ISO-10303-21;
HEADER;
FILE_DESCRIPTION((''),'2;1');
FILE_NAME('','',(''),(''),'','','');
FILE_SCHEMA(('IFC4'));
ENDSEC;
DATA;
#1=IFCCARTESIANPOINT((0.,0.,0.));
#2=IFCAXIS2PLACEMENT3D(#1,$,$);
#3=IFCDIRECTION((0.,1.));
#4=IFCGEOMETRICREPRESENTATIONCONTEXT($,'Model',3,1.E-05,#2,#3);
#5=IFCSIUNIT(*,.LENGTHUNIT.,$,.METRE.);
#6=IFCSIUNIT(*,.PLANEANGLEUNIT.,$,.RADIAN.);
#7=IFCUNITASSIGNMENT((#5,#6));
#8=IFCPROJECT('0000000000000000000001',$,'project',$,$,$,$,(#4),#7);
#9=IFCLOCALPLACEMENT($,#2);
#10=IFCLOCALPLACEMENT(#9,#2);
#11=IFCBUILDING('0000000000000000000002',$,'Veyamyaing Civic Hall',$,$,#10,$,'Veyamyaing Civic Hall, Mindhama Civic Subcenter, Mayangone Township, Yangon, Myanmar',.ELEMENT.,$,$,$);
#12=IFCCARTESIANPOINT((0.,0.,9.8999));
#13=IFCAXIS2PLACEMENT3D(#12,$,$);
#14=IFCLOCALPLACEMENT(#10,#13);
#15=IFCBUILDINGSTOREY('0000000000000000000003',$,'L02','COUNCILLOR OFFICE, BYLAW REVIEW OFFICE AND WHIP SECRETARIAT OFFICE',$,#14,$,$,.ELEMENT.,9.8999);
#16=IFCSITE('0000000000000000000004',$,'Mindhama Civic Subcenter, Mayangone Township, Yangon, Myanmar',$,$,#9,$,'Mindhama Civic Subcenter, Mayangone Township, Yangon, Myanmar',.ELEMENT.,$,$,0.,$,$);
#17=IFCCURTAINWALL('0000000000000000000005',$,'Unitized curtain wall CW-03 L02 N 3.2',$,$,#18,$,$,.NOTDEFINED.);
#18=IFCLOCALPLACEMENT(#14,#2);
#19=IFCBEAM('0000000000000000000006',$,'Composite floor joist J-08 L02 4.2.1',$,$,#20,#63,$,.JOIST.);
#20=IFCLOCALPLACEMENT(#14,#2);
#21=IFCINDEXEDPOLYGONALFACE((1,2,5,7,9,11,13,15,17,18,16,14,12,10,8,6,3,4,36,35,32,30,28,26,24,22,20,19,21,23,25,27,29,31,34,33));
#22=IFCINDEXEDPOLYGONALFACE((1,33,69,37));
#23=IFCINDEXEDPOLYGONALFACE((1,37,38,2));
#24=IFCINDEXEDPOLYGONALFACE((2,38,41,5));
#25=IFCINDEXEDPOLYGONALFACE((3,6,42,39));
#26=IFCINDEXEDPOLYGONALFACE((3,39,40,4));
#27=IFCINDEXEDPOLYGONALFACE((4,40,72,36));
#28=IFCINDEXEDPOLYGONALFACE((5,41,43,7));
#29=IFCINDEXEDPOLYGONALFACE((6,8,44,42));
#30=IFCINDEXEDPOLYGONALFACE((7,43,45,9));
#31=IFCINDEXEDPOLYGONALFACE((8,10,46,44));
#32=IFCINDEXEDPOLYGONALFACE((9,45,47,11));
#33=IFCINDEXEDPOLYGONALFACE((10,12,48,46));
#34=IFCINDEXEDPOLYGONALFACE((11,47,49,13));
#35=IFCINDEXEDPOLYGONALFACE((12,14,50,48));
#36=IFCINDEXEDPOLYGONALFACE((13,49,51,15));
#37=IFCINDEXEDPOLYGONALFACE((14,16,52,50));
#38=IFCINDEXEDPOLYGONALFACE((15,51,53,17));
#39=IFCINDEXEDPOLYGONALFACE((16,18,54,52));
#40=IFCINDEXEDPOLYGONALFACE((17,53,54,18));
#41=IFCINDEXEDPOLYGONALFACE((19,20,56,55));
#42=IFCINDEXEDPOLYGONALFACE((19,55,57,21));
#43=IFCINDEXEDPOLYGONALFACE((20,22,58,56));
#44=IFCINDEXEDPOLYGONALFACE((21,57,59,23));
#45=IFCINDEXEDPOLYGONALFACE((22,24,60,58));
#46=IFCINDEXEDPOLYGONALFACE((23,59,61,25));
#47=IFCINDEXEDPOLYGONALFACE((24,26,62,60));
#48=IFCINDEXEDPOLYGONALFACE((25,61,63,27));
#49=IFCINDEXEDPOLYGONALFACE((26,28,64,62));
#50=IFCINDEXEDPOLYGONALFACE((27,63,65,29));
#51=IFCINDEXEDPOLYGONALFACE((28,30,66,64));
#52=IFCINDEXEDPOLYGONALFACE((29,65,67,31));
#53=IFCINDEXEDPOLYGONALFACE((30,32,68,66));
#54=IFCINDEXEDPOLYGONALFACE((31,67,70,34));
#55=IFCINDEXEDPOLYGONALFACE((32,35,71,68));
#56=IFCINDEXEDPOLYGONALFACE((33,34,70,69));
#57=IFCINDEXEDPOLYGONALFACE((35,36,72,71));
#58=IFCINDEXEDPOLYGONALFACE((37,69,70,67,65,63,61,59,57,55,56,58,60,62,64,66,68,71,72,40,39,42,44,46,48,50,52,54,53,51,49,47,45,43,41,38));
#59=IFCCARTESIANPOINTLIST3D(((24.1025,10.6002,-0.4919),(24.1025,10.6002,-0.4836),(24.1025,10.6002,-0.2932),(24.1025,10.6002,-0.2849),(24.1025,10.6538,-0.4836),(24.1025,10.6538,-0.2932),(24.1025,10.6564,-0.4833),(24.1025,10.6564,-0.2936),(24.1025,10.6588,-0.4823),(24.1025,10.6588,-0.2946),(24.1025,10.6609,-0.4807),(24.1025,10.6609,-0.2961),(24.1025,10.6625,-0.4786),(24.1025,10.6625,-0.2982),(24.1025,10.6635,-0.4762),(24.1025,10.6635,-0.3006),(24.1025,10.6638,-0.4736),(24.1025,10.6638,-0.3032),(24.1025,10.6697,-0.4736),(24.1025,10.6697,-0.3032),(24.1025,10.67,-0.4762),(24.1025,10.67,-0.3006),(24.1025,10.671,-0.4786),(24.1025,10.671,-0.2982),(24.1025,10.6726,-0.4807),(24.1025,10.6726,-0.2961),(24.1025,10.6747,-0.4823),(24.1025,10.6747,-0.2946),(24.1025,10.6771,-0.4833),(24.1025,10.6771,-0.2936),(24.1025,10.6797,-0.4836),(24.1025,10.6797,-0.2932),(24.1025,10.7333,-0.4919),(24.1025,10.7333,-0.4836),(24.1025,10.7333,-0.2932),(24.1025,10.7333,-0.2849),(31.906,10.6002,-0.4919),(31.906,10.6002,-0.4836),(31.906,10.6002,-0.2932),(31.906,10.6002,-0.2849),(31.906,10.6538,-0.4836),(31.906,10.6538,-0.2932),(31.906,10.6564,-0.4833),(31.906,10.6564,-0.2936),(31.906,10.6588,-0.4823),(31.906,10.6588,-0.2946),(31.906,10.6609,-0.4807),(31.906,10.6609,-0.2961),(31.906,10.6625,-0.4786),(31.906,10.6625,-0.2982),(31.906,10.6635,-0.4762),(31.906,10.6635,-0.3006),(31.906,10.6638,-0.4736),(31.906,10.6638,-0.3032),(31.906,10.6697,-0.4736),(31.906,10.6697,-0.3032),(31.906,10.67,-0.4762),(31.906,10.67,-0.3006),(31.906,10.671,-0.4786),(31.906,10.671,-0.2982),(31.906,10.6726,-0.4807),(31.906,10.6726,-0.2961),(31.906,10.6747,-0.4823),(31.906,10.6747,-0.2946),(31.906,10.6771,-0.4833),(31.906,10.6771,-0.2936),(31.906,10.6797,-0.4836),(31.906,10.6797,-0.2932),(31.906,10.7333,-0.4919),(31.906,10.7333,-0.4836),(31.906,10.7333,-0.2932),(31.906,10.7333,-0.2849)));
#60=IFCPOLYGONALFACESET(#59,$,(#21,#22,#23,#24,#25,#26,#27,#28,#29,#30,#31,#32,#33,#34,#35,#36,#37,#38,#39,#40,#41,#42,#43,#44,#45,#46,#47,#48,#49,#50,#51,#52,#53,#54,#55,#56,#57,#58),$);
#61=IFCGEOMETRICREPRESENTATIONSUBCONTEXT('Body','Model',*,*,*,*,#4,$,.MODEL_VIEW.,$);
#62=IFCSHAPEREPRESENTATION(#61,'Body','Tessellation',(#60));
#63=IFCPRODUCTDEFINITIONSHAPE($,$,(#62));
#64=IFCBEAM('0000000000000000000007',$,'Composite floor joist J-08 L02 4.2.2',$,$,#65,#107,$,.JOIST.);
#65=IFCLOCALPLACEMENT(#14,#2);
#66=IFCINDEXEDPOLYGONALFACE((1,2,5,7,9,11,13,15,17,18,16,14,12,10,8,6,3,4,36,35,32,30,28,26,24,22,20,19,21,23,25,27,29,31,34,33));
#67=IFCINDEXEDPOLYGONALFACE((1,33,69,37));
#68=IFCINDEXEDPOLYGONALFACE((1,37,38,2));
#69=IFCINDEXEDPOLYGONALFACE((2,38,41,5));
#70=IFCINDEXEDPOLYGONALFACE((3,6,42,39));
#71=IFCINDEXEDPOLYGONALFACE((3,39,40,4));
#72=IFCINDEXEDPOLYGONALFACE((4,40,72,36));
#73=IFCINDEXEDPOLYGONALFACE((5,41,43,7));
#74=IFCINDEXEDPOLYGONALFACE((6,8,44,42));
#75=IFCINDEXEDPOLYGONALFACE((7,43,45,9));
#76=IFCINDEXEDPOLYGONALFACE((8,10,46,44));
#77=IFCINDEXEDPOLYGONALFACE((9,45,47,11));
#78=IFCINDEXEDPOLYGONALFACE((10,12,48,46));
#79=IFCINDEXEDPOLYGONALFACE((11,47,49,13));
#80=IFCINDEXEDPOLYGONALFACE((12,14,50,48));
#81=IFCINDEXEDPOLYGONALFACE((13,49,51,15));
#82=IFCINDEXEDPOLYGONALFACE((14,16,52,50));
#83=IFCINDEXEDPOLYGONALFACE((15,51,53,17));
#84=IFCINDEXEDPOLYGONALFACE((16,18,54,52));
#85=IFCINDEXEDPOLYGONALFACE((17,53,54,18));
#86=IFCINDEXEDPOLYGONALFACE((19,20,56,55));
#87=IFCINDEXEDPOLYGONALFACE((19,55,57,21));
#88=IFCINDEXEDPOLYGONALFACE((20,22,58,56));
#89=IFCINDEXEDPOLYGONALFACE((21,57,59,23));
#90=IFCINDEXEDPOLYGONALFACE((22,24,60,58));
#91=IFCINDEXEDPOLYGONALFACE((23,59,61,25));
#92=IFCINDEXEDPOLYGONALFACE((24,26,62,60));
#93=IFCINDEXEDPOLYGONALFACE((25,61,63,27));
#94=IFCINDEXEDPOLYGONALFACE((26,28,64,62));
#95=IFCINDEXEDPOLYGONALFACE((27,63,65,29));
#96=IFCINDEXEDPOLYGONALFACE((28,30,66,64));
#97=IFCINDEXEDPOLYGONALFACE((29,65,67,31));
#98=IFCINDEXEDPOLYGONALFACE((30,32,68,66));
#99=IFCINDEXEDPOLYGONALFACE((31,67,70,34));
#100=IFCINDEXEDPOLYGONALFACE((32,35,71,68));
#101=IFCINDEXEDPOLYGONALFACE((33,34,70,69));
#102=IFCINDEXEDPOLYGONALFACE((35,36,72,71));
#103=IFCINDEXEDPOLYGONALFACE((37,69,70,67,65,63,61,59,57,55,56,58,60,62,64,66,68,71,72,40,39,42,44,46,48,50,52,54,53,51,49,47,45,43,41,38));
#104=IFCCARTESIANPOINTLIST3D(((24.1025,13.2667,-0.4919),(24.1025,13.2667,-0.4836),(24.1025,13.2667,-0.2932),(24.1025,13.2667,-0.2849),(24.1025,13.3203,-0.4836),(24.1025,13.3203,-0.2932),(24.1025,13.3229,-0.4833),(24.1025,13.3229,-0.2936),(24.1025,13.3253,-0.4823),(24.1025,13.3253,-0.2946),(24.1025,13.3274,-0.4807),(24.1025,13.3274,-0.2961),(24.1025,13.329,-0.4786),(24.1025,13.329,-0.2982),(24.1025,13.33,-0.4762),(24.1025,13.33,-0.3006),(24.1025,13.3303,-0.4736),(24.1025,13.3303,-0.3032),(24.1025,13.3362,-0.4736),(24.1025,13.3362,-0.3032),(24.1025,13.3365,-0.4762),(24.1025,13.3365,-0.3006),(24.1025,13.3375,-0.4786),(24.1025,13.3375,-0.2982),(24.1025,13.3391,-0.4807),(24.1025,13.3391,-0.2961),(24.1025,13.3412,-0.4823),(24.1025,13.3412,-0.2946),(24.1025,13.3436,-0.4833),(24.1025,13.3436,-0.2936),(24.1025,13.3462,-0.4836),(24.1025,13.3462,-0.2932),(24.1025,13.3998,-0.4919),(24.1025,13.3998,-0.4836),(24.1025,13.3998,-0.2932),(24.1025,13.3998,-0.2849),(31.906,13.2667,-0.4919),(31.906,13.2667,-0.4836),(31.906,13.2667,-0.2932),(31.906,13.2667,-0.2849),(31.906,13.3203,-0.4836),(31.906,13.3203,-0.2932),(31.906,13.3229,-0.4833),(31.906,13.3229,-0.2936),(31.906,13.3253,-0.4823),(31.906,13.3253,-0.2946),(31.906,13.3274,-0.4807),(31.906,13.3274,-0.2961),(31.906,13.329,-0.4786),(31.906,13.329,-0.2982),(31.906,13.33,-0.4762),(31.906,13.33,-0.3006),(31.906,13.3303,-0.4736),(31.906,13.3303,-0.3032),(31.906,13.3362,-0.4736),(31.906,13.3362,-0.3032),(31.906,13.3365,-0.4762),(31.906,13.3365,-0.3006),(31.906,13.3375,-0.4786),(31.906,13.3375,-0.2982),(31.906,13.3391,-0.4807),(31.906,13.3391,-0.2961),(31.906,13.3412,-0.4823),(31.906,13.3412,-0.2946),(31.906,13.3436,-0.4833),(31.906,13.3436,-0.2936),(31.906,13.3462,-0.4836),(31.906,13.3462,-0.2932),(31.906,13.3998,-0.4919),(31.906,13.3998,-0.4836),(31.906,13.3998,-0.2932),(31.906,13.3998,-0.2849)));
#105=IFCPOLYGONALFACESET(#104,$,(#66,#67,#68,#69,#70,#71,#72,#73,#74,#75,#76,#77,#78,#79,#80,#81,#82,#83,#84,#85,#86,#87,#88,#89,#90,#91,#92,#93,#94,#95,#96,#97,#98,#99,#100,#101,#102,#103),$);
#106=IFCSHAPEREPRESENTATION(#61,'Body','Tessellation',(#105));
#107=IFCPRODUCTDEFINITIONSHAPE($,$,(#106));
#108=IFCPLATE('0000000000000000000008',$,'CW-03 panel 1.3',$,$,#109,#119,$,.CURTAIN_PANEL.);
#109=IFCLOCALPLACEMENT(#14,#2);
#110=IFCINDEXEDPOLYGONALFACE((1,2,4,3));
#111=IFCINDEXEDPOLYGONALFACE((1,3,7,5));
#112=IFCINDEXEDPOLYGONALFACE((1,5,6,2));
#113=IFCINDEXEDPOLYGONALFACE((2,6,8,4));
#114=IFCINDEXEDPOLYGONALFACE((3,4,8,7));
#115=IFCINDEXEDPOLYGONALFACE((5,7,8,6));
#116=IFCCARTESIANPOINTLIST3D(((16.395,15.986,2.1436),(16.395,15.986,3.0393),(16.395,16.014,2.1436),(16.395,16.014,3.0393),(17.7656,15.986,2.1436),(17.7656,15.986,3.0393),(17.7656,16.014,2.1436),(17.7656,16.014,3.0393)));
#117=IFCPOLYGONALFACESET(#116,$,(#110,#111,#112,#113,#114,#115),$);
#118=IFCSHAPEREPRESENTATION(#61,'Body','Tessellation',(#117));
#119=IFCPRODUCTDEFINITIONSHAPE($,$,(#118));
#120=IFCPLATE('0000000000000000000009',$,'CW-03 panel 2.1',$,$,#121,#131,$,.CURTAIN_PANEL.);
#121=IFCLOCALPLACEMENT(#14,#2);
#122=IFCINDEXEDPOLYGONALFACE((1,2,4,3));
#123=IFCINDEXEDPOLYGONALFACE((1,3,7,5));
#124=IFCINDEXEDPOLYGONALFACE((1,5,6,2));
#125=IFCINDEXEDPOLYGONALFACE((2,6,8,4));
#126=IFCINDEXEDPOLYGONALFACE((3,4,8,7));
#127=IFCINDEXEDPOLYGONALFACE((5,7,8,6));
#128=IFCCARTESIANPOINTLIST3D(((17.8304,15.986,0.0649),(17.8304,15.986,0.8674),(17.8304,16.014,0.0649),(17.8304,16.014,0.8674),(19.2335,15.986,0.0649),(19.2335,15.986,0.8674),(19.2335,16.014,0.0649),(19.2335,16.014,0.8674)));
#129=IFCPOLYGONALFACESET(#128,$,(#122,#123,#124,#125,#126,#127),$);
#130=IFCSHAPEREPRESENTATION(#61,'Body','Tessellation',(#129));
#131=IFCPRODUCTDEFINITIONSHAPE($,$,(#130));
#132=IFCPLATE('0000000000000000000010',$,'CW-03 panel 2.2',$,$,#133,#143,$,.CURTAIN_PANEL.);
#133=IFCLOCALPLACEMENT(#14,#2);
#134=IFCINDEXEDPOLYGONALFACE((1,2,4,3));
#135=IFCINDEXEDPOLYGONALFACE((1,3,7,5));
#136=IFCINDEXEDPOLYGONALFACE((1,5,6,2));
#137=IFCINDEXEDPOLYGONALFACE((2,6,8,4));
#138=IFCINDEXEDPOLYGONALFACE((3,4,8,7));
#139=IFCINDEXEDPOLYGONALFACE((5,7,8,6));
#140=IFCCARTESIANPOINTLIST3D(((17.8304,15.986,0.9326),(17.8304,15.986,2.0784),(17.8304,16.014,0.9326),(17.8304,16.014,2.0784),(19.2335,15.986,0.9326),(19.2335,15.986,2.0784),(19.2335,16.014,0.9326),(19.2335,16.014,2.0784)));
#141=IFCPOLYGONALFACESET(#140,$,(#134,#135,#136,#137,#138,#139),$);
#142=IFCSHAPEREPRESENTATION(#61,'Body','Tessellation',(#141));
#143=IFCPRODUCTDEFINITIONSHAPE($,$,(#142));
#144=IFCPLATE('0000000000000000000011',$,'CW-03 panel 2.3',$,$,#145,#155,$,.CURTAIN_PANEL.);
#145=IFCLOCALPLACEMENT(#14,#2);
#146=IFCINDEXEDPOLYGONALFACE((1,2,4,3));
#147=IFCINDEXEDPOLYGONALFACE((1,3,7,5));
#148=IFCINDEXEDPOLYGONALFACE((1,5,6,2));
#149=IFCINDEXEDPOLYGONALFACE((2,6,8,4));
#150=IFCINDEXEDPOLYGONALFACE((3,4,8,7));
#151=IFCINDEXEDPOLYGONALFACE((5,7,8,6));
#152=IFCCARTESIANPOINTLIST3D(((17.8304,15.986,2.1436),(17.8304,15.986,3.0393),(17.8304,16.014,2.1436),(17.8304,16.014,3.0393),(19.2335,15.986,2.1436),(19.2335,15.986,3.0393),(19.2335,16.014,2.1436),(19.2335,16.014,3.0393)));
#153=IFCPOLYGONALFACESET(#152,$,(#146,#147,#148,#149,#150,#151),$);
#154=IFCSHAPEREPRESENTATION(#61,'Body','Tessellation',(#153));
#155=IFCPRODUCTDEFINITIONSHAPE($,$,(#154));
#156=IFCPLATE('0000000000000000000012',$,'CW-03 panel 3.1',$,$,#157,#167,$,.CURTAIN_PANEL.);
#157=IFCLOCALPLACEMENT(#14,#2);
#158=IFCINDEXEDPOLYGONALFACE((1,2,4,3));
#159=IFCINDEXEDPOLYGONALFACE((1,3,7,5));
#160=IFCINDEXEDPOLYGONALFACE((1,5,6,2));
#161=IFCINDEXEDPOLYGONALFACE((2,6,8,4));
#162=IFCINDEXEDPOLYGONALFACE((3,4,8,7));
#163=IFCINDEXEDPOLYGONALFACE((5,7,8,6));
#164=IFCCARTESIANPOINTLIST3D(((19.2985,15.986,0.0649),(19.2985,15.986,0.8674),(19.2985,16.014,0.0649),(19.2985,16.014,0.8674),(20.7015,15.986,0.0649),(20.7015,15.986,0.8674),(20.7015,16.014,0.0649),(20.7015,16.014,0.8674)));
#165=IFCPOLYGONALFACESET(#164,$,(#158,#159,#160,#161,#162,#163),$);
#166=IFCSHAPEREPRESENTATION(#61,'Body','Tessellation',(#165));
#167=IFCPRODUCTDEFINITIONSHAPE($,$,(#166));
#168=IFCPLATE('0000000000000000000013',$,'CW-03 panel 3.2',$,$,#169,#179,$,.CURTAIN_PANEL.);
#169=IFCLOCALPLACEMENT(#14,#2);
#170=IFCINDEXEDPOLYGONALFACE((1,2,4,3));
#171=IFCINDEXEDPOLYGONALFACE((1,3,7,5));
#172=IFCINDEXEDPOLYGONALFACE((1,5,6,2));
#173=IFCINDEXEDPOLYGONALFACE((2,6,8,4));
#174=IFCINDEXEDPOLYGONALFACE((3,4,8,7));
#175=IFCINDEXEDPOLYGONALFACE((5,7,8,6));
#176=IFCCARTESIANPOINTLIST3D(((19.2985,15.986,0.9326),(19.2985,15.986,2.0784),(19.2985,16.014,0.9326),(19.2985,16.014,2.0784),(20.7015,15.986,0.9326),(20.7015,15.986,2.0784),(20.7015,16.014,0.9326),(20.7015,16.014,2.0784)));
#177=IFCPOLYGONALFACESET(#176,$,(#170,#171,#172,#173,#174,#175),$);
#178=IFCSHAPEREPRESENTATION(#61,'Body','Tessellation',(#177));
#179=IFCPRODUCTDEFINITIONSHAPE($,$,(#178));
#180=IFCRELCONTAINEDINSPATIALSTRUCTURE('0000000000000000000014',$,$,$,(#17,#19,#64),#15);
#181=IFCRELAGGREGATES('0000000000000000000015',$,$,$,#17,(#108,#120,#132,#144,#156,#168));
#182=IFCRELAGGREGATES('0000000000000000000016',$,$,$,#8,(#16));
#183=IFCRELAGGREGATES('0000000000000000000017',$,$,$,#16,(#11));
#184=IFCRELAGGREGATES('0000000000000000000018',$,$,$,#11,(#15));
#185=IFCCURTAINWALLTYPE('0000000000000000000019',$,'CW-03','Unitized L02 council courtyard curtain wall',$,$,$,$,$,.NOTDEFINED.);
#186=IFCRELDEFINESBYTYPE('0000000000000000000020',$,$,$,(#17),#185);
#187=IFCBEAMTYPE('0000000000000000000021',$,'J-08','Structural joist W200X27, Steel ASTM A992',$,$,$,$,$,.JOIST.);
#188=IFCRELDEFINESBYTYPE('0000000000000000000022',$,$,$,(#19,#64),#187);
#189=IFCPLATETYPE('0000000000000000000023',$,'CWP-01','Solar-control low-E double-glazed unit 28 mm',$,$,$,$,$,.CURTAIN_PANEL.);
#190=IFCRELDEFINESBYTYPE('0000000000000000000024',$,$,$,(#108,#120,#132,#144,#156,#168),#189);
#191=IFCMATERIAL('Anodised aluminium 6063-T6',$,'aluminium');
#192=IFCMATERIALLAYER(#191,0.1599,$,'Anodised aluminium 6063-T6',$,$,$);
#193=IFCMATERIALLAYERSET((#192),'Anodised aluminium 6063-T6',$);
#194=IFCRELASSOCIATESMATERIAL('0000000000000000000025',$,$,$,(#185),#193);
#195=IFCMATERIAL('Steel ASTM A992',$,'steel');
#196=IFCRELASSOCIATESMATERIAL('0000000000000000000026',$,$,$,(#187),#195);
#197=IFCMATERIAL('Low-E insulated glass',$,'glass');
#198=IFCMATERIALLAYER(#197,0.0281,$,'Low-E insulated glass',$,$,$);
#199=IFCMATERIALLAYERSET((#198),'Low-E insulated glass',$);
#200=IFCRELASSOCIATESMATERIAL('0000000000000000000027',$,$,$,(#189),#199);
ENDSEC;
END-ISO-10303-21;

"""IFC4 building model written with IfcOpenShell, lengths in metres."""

from ifc_helpers import new_model, si_unit, direction, frame, origin, origin_2d, place, context, subcontext, project, spatial, rectangle, i_section, extrude, material, layer, layer_set, material_profile, profile_set, type_object, element, aggregate, save


model = new_model("IFC4")

# Units and contexts
model_context = context("Model", 3, precision=1e-05, world=origin(), true_north=direction((0.0, 1.0)))
body_context = subcontext(model_context, "Body", "Model", "MODEL_VIEW")
ifc_project = project(units=[si_unit("LENGTHUNIT", "METRE"), si_unit("PLANEANGLEUNIT", "RADIAN")], contexts=[model_context])

# Site, building, storey
site_placement = place(None, origin())
site = spatial("IfcSite", under=ifc_project, at=site_placement, Name="Mindhama Civic Subcenter, Mayangone Township, Yangon, Myanmar", LongName="Mindhama Civic Subcenter, Mayangone Township, Yangon, Myanmar", CompositionType="ELEMENT", RefElevation=0.0)
building_placement = place(site_placement, origin())
building = spatial("IfcBuilding", under=site, at=building_placement, Name="Veyamyaing Civic Hall", LongName="Veyamyaing Civic Hall, Mindhama Civic Subcenter, Mayangone Township, Yangon, Myanmar", CompositionType="ELEMENT")
storey_placement = place(building_placement, frame((0.0, 0.0, 9.8999)))
storey = spatial("IfcBuildingStorey", under=building, at=storey_placement, Name="L02", Description="COUNCILLOR OFFICE, BYLAW REVIEW OFFICE AND WHIP SECRETARIAT OFFICE", CompositionType="ELEMENT", Elevation=9.8999)

# Shared definitions
ifc_material_1 = material(Name="Steel ASTM A992", Category="steel")

# Curtain wall
ifc_material_2 = material(Name="Anodised aluminium 6063-T6", Category="aluminium")
ifc_layer_1 = layer(ifc_material_2, 0.1599, Name="Anodised aluminium 6063-T6")
ifc_layer_set_1 = layer_set([ifc_layer_1], Name="Anodised aluminium 6063-T6")
curtain_wall_type = type_object("IfcCurtainWallType", Name="CW-03", Description="Unitized L02 council courtyard curtain wall", PredefinedType="NOTDEFINED", material=ifc_layer_set_1)
curtain_wall_placement = place(storey_placement, origin())
curtain_wall = element("IfcCurtainWall", 1, at=curtain_wall_placement, inside=storey, type_object=curtain_wall_type, Name="Unitized curtain wall CW-03 L02 N 3.2", PredefinedType="NOTDEFINED")

# Beams
ifc_material_profile_1 = material_profile(ifc_material_1, i_section(OverallWidth=0.1331, OverallDepth=0.207, WebThickness=0.0059, FlangeThickness=0.0083, FilletRadius=0.01, at=origin_2d()), Name="W200X27")
ifc_profile_set_1 = profile_set([ifc_material_profile_1], Name="Steel ASTM A992")
beam_type_1 = type_object("IfcBeamType", Name="J-08", Description="Structural joist W200X27, Steel ASTM A992", PredefinedType="JOIST", material=ifc_profile_set_1)
for number, where, z_axis, x_axis, name in (
    (2, (24.1025, 10.6667, -0.3884), (1.0, 0.0, 0.0), (0.0, 1.0, 0.0), "Composite floor joist J-08 L02 4.2.1"),
    (3, (24.1025, 13.3333, -0.3884), (1.0, 0.0, 0.0), (0.0, 1.0, 0.0), "Composite floor joist J-08 L02 4.2.2"),
):
    element("IfcBeam", number, at=place(storey_placement, frame(where, z_axis=z_axis, x_axis=x_axis)), inside=storey, type_object=beam_type_1, Name=name, PredefinedType="JOIST", context=body_context, shape_type="SweptSolid", body=[
        extrude(i_section(OverallWidth=0.1331, OverallDepth=0.207, WebThickness=0.0059, FlangeThickness=0.0083, FilletRadius=0.01, at=origin_2d()), origin(), (0.0, 0.0, 1.0), 7.8035),
    ])

# Plates
ifc_material_3 = material(Name="Low-E insulated glass", Category="glass")
ifc_layer_2 = layer(ifc_material_3, 0.0281, Name="Low-E insulated glass")
ifc_layer_set_2 = layer_set([ifc_layer_2], Name="Low-E insulated glass")
plate_type = type_object("IfcPlateType", Name="CWP-01", Description="Solar-control low-E double-glazed unit 28 mm", PredefinedType="CURTAIN_PANEL", material=ifc_layer_set_2)
plate_1_placement = place(storey_placement, frame((17.0803, 16.0, 2.1436), z_axis=(0.0, 0.0, 1.0), x_axis=(1.0, 0.0, 0.0)))
plate_1 = element("IfcPlate", 4, at=plate_1_placement, type_object=plate_type, Name="CW-03 panel 1.3", PredefinedType="CURTAIN_PANEL", context=body_context, shape_type="SweptSolid", body=[
    extrude(rectangle(XDim=1.3706, YDim=0.0281, at=origin_2d()), origin(), (0.0, 0.0, 1.0), 0.8958),
])
plate_2_placement = place(storey_placement, frame((18.532, 16.0, 0.0649), z_axis=(0.0, 0.0, 1.0), x_axis=(1.0, 0.0, 0.0)))
plate_2 = element("IfcPlate", 5, at=plate_2_placement, type_object=plate_type, Name="CW-03 panel 2.1", PredefinedType="CURTAIN_PANEL", context=body_context, shape_type="SweptSolid", body=[
    extrude(rectangle(XDim=1.4031, YDim=0.0281, at=origin_2d()), origin(), (0.0, 0.0, 1.0), 0.8025),
])
plate_3_placement = place(storey_placement, frame((18.532, 16.0, 0.9326), z_axis=(0.0, 0.0, 1.0), x_axis=(1.0, 0.0, 0.0)))
plate_3 = element("IfcPlate", 6, at=plate_3_placement, type_object=plate_type, Name="CW-03 panel 2.2", PredefinedType="CURTAIN_PANEL", context=body_context, shape_type="SweptSolid", body=[
    extrude(rectangle(XDim=1.4031, YDim=0.0281, at=origin_2d()), origin(), (0.0, 0.0, 1.0), 1.1458),
])
plate_4_placement = place(storey_placement, frame((18.532, 16.0, 2.1436), z_axis=(0.0, 0.0, 1.0), x_axis=(1.0, 0.0, 0.0)))
plate_4 = element("IfcPlate", 7, at=plate_4_placement, type_object=plate_type, Name="CW-03 panel 2.3", PredefinedType="CURTAIN_PANEL", context=body_context, shape_type="SweptSolid", body=[
    extrude(rectangle(XDim=1.4031, YDim=0.0281, at=origin_2d()), origin(), (0.0, 0.0, 1.0), 0.8958),
])
plate_5_placement = place(storey_placement, frame((20.0, 16.0, 0.0649), z_axis=(0.0, 0.0, 1.0), x_axis=(1.0, 0.0, 0.0)))
plate_5 = element("IfcPlate", 8, at=plate_5_placement, type_object=plate_type, Name="CW-03 panel 3.1", PredefinedType="CURTAIN_PANEL", context=body_context, shape_type="SweptSolid", body=[
    extrude(rectangle(XDim=1.4031, YDim=0.0281, at=origin_2d()), origin(), (0.0, 0.0, 1.0), 0.8025),
])
plate_6_placement = place(storey_placement, frame((20.0, 16.0, 0.9326), z_axis=(0.0, 0.0, 1.0), x_axis=(1.0, 0.0, 0.0)))
plate_6 = element("IfcPlate", 9, at=plate_6_placement, type_object=plate_type, Name="CW-03 panel 3.2", PredefinedType="CURTAIN_PANEL", context=body_context, shape_type="SweptSolid", body=[
    extrude(rectangle(XDim=1.4031, YDim=0.0281, at=origin_2d()), origin(), (0.0, 0.0, 1.0), 1.1458),
])
aggregate(curtain_wall, [plate_1, plate_2, plate_3, plate_4, plate_5, plate_6])

save(model, "model.ifc")
